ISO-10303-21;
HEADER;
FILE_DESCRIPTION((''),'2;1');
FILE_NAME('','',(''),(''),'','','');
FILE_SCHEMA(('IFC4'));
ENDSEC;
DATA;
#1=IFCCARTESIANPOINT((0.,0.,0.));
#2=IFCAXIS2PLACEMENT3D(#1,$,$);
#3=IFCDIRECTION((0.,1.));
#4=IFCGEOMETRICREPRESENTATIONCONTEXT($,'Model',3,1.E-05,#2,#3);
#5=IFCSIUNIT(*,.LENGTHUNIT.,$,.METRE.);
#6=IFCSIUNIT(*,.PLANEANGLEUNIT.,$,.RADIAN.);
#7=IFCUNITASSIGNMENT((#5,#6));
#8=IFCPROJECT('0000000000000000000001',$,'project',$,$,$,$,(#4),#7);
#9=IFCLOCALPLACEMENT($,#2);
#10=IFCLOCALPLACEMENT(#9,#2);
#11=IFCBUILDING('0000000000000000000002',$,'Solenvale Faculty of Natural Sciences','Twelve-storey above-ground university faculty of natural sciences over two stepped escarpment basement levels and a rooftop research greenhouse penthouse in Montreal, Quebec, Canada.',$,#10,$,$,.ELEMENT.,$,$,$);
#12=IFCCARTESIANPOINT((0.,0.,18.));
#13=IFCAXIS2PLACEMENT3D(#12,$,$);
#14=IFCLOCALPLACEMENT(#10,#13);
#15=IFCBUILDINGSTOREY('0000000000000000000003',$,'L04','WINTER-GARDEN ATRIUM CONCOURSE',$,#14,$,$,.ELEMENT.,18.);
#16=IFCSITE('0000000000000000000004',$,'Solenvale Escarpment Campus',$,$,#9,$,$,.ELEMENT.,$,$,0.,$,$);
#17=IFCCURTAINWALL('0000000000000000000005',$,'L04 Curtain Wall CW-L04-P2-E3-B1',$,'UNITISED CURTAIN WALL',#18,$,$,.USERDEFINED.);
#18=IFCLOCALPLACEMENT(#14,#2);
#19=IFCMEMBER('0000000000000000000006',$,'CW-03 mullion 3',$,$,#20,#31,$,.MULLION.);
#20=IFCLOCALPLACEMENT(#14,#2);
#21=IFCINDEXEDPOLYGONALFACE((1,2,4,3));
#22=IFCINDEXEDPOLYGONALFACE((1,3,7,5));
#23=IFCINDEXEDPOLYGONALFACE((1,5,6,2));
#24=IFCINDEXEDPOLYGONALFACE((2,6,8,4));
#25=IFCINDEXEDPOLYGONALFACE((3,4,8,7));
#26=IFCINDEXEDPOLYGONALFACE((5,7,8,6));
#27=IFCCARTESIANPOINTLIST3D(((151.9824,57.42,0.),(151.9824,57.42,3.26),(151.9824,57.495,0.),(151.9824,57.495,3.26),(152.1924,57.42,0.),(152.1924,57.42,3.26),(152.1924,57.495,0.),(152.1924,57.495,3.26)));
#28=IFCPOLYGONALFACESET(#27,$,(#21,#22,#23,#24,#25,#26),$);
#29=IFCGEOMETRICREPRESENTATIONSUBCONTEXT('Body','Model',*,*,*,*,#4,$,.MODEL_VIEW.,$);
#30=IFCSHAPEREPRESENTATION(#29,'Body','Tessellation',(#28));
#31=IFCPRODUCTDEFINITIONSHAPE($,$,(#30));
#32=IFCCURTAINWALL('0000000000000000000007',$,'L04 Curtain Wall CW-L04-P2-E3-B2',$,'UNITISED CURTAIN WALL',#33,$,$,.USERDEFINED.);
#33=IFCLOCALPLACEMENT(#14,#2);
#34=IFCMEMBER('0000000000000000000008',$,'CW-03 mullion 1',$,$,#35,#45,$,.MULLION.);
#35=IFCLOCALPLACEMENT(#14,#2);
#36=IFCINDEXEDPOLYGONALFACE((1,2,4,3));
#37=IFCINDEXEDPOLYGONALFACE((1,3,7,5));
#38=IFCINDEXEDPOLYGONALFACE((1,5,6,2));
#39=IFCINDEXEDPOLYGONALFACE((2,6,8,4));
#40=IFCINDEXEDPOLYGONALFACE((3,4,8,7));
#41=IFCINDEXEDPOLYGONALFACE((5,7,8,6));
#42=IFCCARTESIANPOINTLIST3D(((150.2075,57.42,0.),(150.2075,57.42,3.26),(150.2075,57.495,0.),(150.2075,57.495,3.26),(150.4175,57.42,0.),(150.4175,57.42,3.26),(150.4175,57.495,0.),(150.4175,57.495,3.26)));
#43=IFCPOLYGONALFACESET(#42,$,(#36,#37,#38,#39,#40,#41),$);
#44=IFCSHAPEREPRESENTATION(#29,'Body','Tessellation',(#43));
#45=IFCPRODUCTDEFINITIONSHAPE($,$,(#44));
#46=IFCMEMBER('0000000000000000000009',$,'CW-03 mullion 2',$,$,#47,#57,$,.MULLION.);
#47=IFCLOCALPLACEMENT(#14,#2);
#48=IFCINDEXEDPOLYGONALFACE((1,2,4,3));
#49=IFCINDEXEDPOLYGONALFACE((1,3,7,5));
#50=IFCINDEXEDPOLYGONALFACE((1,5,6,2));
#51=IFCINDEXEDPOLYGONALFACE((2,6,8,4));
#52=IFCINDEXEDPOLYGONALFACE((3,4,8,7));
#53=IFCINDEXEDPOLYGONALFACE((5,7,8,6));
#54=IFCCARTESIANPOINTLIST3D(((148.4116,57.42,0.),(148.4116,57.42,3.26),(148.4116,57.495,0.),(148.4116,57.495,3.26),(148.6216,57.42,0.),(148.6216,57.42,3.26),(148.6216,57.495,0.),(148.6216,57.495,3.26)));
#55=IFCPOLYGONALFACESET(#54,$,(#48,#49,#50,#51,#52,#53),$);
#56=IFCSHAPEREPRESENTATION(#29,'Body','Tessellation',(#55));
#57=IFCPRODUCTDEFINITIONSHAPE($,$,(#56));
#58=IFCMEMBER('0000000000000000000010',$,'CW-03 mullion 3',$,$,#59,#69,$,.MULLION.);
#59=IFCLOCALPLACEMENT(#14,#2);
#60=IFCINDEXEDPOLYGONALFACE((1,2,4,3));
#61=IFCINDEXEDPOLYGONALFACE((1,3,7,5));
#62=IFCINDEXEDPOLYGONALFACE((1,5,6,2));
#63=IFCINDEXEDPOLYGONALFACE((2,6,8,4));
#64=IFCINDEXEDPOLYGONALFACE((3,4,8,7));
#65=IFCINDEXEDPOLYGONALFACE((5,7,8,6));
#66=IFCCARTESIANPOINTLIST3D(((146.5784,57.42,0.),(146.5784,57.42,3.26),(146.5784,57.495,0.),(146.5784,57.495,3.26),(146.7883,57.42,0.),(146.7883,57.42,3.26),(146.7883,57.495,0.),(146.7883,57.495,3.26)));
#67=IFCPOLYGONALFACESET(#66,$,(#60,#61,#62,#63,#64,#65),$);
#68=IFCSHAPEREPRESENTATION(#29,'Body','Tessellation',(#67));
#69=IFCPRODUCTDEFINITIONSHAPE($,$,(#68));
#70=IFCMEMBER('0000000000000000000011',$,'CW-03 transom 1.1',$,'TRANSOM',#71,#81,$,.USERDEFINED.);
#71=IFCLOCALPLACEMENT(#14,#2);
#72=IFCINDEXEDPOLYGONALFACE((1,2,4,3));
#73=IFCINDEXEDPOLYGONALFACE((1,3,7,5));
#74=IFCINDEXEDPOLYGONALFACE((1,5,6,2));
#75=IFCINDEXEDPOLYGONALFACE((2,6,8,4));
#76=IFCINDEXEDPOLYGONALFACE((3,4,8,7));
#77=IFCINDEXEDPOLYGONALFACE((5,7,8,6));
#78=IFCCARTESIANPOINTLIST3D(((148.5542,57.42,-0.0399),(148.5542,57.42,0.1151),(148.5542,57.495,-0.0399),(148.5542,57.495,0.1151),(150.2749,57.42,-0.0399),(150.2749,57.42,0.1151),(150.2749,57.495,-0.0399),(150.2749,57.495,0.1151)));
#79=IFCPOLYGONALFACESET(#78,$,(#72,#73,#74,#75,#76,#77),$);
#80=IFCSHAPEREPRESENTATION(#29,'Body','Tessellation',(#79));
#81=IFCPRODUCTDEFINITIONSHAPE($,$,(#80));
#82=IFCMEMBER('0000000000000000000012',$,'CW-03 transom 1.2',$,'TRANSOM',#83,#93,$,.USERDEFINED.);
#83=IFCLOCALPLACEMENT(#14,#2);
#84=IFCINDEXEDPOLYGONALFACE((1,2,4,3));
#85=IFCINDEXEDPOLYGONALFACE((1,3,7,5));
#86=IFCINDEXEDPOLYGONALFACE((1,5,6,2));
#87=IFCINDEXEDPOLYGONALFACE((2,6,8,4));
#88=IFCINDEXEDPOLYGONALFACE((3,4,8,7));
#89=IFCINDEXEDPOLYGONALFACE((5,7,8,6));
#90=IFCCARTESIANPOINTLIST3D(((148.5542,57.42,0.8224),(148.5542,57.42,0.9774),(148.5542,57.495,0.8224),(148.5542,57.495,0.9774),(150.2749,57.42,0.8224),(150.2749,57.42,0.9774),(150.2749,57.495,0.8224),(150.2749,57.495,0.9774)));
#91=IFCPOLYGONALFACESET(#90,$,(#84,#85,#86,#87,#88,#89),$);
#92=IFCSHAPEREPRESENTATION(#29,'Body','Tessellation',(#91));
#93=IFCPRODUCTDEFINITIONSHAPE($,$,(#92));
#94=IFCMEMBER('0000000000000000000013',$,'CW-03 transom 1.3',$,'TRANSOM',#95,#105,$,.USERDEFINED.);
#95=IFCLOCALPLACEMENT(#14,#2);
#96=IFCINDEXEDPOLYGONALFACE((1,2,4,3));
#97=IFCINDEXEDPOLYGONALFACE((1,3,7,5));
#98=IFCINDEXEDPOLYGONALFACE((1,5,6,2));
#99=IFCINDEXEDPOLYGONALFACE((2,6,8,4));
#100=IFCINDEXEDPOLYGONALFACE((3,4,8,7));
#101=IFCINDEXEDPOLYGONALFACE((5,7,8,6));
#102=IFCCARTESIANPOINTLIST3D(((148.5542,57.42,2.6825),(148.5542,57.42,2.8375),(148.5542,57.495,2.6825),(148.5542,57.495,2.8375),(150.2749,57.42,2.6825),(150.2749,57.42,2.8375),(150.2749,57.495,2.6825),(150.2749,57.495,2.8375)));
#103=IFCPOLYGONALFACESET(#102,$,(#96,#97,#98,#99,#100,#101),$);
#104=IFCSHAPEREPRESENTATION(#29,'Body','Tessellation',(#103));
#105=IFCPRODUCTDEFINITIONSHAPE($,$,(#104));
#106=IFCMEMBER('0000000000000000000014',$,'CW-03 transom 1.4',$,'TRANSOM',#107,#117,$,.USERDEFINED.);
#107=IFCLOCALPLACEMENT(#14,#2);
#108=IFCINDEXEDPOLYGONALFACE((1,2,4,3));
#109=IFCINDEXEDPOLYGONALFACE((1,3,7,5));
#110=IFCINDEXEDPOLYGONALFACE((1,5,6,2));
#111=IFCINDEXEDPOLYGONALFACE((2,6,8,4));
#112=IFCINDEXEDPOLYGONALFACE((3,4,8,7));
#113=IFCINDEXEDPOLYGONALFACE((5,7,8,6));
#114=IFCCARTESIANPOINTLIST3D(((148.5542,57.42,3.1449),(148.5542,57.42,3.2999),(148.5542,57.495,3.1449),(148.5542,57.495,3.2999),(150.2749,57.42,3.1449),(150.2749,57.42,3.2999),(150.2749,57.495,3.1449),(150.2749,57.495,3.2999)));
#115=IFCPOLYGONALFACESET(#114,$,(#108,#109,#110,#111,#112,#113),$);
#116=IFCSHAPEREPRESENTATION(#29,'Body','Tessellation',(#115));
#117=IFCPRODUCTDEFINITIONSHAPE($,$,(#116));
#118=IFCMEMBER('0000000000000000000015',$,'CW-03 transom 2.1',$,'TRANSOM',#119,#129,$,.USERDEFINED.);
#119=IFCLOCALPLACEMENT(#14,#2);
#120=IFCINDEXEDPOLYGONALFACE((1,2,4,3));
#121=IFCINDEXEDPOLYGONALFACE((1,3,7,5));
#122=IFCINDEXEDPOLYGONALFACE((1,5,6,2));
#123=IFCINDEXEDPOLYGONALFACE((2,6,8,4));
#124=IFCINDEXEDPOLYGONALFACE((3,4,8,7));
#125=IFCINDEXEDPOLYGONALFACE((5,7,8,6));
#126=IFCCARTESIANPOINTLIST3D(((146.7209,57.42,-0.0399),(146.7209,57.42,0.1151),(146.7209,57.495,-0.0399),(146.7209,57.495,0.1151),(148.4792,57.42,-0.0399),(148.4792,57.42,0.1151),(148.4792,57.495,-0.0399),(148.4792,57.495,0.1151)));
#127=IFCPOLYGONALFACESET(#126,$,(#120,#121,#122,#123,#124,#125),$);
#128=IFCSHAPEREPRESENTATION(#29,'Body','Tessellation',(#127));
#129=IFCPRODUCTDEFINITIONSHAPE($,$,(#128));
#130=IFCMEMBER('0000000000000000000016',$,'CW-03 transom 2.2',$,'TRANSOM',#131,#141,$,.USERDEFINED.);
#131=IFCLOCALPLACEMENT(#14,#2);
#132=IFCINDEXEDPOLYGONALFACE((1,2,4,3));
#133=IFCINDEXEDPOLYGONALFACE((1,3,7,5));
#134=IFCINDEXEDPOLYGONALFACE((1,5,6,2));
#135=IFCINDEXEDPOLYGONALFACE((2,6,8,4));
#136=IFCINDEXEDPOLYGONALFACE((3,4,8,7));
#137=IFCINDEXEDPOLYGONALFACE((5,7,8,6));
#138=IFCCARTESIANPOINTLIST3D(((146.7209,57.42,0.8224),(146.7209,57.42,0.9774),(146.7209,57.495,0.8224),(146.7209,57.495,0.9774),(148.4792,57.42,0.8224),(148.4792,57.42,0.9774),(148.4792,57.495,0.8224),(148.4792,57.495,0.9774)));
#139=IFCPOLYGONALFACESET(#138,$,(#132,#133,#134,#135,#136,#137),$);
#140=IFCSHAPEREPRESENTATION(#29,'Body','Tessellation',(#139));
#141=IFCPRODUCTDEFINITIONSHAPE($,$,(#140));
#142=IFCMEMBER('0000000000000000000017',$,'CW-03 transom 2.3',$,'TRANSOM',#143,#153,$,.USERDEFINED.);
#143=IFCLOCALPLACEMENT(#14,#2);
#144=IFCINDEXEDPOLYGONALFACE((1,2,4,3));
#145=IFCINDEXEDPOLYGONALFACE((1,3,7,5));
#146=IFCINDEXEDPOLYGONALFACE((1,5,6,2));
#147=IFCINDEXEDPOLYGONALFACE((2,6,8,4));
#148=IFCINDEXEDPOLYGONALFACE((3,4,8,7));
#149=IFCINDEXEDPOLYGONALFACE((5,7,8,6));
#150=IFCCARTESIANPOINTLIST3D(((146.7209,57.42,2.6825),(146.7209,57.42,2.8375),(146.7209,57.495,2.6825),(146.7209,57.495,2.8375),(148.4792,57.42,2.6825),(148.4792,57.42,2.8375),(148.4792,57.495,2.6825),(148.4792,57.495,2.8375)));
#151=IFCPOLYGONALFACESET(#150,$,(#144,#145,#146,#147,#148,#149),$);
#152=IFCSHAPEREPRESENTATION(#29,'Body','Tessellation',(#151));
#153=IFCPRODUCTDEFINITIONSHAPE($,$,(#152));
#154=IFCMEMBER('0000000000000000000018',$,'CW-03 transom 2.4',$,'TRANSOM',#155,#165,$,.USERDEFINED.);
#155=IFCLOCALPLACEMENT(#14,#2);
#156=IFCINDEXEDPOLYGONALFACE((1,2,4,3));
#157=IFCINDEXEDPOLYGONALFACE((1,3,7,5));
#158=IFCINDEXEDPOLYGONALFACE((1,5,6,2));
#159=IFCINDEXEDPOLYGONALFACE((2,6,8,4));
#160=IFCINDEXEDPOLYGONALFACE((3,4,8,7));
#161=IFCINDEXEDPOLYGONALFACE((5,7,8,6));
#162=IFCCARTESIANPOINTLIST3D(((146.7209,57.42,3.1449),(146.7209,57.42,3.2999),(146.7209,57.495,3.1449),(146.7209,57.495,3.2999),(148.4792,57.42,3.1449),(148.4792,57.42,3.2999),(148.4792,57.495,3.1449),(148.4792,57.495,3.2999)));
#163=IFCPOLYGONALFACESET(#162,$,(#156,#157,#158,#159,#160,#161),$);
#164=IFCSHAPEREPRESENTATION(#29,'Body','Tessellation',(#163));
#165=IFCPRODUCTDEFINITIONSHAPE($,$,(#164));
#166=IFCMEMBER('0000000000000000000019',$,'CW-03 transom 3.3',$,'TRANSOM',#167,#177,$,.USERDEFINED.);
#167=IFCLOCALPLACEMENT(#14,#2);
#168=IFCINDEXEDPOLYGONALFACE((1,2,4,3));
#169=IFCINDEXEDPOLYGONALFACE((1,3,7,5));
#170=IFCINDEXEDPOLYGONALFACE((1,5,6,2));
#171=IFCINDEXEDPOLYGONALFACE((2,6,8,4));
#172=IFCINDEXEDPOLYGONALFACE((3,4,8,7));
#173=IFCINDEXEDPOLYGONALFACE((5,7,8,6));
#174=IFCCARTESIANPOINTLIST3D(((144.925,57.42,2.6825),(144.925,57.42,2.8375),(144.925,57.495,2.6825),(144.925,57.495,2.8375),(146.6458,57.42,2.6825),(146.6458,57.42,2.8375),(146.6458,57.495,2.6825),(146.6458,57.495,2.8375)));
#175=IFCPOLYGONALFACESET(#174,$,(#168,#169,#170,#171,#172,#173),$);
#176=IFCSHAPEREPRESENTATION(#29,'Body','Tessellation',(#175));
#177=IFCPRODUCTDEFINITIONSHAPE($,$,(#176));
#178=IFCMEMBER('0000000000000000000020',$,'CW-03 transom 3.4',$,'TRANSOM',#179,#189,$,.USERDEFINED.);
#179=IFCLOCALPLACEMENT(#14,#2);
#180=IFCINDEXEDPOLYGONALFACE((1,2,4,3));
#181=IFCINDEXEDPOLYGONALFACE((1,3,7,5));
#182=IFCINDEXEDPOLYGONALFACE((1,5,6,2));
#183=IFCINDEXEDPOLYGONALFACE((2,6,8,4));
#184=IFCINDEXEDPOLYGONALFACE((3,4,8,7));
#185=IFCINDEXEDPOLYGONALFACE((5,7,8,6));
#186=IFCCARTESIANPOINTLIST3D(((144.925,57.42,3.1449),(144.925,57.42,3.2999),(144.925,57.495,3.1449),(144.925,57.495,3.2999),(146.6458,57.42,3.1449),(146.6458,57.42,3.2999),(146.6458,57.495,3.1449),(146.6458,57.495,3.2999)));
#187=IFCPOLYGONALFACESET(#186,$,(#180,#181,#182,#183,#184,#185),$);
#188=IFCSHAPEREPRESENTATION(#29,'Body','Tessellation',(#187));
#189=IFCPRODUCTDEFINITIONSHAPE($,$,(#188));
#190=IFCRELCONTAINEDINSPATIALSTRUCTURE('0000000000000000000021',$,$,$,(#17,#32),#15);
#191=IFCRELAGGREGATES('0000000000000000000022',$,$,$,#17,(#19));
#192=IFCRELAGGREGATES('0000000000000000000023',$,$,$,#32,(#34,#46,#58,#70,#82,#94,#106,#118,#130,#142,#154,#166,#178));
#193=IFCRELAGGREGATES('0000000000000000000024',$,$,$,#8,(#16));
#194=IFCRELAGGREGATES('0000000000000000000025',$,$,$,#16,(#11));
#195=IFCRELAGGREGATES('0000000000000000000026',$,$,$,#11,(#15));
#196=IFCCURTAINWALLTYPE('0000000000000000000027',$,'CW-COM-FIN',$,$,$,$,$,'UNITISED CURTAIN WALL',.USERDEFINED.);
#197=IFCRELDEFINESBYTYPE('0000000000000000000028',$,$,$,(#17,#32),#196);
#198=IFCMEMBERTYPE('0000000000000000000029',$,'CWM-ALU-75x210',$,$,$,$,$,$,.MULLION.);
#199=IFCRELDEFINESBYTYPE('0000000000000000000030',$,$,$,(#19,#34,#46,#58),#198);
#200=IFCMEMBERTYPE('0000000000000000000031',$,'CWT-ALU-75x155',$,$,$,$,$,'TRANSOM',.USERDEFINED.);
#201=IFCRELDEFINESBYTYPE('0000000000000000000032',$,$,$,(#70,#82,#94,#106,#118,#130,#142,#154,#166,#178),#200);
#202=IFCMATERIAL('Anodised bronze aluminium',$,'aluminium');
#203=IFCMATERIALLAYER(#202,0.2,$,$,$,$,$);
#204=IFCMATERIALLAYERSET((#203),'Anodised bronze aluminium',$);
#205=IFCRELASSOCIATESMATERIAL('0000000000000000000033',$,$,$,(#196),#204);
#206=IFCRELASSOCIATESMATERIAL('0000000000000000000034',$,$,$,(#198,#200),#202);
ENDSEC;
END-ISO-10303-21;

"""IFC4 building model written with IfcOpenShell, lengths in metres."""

from ifc_helpers import new_model, si_unit, direction, frame, origin, origin_2d, place, context, subcontext, project, spatial, rectangle, extrude, material, layer, layer_set, material_profile, profile_set, type_object, element, aggregate, save


model = new_model("IFC4")

# Units and contexts
model_context = context("Model", 3, precision=1e-05, world=origin(), true_north=direction((0.0, 1.0)))
body_context = subcontext(model_context, "Body", "Model", "MODEL_VIEW")
ifc_project = project(units=[si_unit("LENGTHUNIT", "METRE"), si_unit("PLANEANGLEUNIT", "RADIAN")], contexts=[model_context])

# Site, building, storey
site_placement = place(None, origin())
site = spatial("IfcSite", under=ifc_project, at=site_placement, Name="Solenvale Escarpment Campus", CompositionType="ELEMENT", RefElevation=0.0)
building_placement = place(site_placement, origin())
building = spatial("IfcBuilding", under=site, at=building_placement, Name="Solenvale Faculty of Natural Sciences", Description="Twelve-storey above-ground university faculty of natural sciences over two stepped escarpment basement levels and a rooftop research greenhouse penthouse in Montreal, Quebec, Canada.", CompositionType="ELEMENT")
storey_placement = place(building_placement, frame((0.0, 0.0, 18.0)))
storey = spatial("IfcBuildingStorey", under=building, at=storey_placement, Name="L04", Description="WINTER-GARDEN ATRIUM CONCOURSE", CompositionType="ELEMENT", Elevation=18.0)

# Curtain wall, member
ifc_material_1 = material(Name="Anodised bronze aluminium", Category="aluminium")
ifc_layer_1 = layer(ifc_material_1, 0.2)
ifc_layer_set_1 = layer_set([ifc_layer_1], Name="Anodised bronze aluminium")
curtain_wall_type = type_object("IfcCurtainWallType", Name="CW-COM-FIN", ElementType="UNITISED CURTAIN WALL", PredefinedType="USERDEFINED", material=ifc_layer_set_1)
curtain_wall_1_placement = place(storey_placement, origin())
curtain_wall_1 = element("IfcCurtainWall", 1, at=curtain_wall_1_placement, inside=storey, type_object=curtain_wall_type, Name="L04 Curtain Wall CW-L04-P2-E3-B1", ObjectType="UNITISED CURTAIN WALL", PredefinedType="USERDEFINED")
ifc_material_profile_1 = material_profile(ifc_material_1, rectangle(XDim=0.075, YDim=0.21, at=origin_2d()), Name="ALU-MUL-75x210")
ifc_profile_set_1 = profile_set([ifc_material_profile_1], Name="Anodised bronze aluminium")
member_type_1 = type_object("IfcMemberType", Name="CWM-ALU-75x210", PredefinedType="MULLION", material=ifc_profile_set_1)
member_1_placement = place(storey_placement, frame((152.0874, 57.4575, 0.0), z_axis=(0.0, 0.0, 1.0), x_axis=(0.0, -1.0, 0.0)))
member_1 = element("IfcMember", 2, at=member_1_placement, type_object=member_type_1, Name="CW-03 mullion 3", PredefinedType="MULLION", context=body_context, shape_type="SweptSolid", body=[
    extrude(rectangle(XDim=0.075, YDim=0.21, at=origin_2d()), origin(), (0.0, 0.0, 1.0), 3.26),
])

# Curtain wall, members
curtain_wall_2_placement = place(storey_placement, origin())
curtain_wall_2 = element("IfcCurtainWall", 3, at=curtain_wall_2_placement, inside=storey, type_object=curtain_wall_type, Name="L04 Curtain Wall CW-L04-P2-E3-B2", ObjectType="UNITISED CURTAIN WALL", PredefinedType="USERDEFINED")
member_2_placement = place(storey_placement, frame((150.3125, 57.4575, 0.0), z_axis=(0.0, 0.0, 1.0), x_axis=(0.0, -1.0, 0.0)))
member_2 = element("IfcMember", 4, at=member_2_placement, type_object=member_type_1, Name="CW-03 mullion 1", PredefinedType="MULLION", context=body_context, shape_type="SweptSolid", body=[
    extrude(rectangle(XDim=0.075, YDim=0.21, at=origin_2d()), origin(), (0.0, 0.0, 1.0), 3.26),
])
member_3_placement = place(storey_placement, frame((148.5166, 57.4575, 0.0), z_axis=(0.0, 0.0, 1.0), x_axis=(0.0, -1.0, 0.0)))
member_3 = element("IfcMember", 5, at=member_3_placement, type_object=member_type_1, Name="CW-03 mullion 2", PredefinedType="MULLION", context=body_context, shape_type="SweptSolid", body=[
    extrude(rectangle(XDim=0.075, YDim=0.21, at=origin_2d()), origin(), (0.0, 0.0, 1.0), 3.26),
])
member_4_placement = place(storey_placement, frame((146.6833, 57.4575, 0.0), z_axis=(0.0, 0.0, 1.0), x_axis=(0.0, -1.0, 0.0)))
member_4 = element("IfcMember", 6, at=member_4_placement, type_object=member_type_1, Name="CW-03 mullion 3", PredefinedType="MULLION", context=body_context, shape_type="SweptSolid", body=[
    extrude(rectangle(XDim=0.075, YDim=0.21, at=origin_2d()), origin(), (0.0, 0.0, 1.0), 3.26),
])
ifc_material_profile_2 = material_profile(ifc_material_1, rectangle(XDim=0.075, YDim=0.155, at=origin_2d()), Name="ALU-TRN-75x155")
ifc_profile_set_2 = profile_set([ifc_material_profile_2], Name="Anodised bronze aluminium")
member_type_2 = type_object("IfcMemberType", Name="CWT-ALU-75x155", ElementType="TRANSOM", PredefinedType="USERDEFINED", material=ifc_profile_set_2)
member_5_placement = place(storey_placement, frame((150.2749, 57.4575, 0.0376), z_axis=(-1.0, 0.0, 0.0), x_axis=(0.0, -1.0, 0.0)))
member_5 = element("IfcMember", 7, at=member_5_placement, type_object=member_type_2, Name="CW-03 transom 1.1", ObjectType="TRANSOM", PredefinedType="USERDEFINED", context=body_context, shape_type="SweptSolid", body=[
    extrude(rectangle(XDim=0.075, YDim=0.155, at=origin_2d()), origin(), (0.0, 0.0, 1.0), 1.7207),
])
member_6_placement = place(storey_placement, frame((150.2749, 57.4575, 0.8999), z_axis=(-1.0, 0.0, 0.0), x_axis=(0.0, -1.0, 0.0)))
member_6 = element("IfcMember", 8, at=member_6_placement, type_object=member_type_2, Name="CW-03 transom 1.2", ObjectType="TRANSOM", PredefinedType="USERDEFINED", context=body_context, shape_type="SweptSolid", body=[
    extrude(rectangle(XDim=0.075, YDim=0.155, at=origin_2d()), origin(), (0.0, 0.0, 1.0), 1.7207),
])
member_7_placement = place(storey_placement, frame((150.2749, 57.4575, 2.76), z_axis=(-1.0, 0.0, 0.0), x_axis=(0.0, -1.0, 0.0)))
member_7 = element("IfcMember", 9, at=member_7_placement, type_object=member_type_2, Name="CW-03 transom 1.3", ObjectType="TRANSOM", PredefinedType="USERDEFINED", context=body_context, shape_type="SweptSolid", body=[
    extrude(rectangle(XDim=0.075, YDim=0.155, at=origin_2d()), origin(), (0.0, 0.0, 1.0), 1.7207),
])
member_8_placement = place(storey_placement, frame((150.2749, 57.4575, 3.2224), z_axis=(-1.0, 0.0, 0.0), x_axis=(0.0, -1.0, 0.0)))
member_8 = element("IfcMember", 10, at=member_8_placement, type_object=member_type_2, Name="CW-03 transom 1.4", ObjectType="TRANSOM", PredefinedType="USERDEFINED", context=body_context, shape_type="SweptSolid", body=[
    extrude(rectangle(XDim=0.075, YDim=0.155, at=origin_2d()), origin(), (0.0, 0.0, 1.0), 1.7207),
])
member_9_placement = place(storey_placement, frame((148.4792, 57.4575, 0.0376), z_axis=(-1.0, 0.0, 0.0), x_axis=(0.0, -1.0, 0.0)))
member_9 = element("IfcMember", 11, at=member_9_placement, type_object=member_type_2, Name="CW-03 transom 2.1", ObjectType="TRANSOM", PredefinedType="USERDEFINED", context=body_context, shape_type="SweptSolid", body=[
    extrude(rectangle(XDim=0.075, YDim=0.155, at=origin_2d()), origin(), (0.0, 0.0, 1.0), 1.7583),
])
member_10_placement = place(storey_placement, frame((148.4792, 57.4575, 0.8999), z_axis=(-1.0, 0.0, 0.0), x_axis=(0.0, -1.0, 0.0)))
member_10 = element("IfcMember", 12, at=member_10_placement, type_object=member_type_2, Name="CW-03 transom 2.2", ObjectType="TRANSOM", PredefinedType="USERDEFINED", context=body_context, shape_type="SweptSolid", body=[
    extrude(rectangle(XDim=0.075, YDim=0.155, at=origin_2d()), origin(), (0.0, 0.0, 1.0), 1.7583),
])
member_11_placement = place(storey_placement, frame((148.4792, 57.4575, 2.76), z_axis=(-1.0, 0.0, 0.0), x_axis=(0.0, -1.0, 0.0)))
member_11 = element("IfcMember", 13, at=member_11_placement, type_object=member_type_2, Name="CW-03 transom 2.3", ObjectType="TRANSOM", PredefinedType="USERDEFINED", context=body_context, shape_type="SweptSolid", body=[
    extrude(rectangle(XDim=0.075, YDim=0.155, at=origin_2d()), origin(), (0.0, 0.0, 1.0), 1.7583),
])
member_12_placement = place(storey_placement, frame((148.4792, 57.4575, 3.2224), z_axis=(-1.0, 0.0, 0.0), x_axis=(0.0, -1.0, 0.0)))
member_12 = element("IfcMember", 14, at=member_12_placement, type_object=member_type_2, Name="CW-03 transom 2.4", ObjectType="TRANSOM", PredefinedType="USERDEFINED", context=body_context, shape_type="SweptSolid", body=[
    extrude(rectangle(XDim=0.075, YDim=0.155, at=origin_2d()), origin(), (0.0, 0.0, 1.0), 1.7583),
])
member_13_placement = place(storey_placement, frame((146.6458, 57.4575, 2.76), z_axis=(-1.0, 0.0, 0.0), x_axis=(0.0, -1.0, 0.0)))
member_13 = element("IfcMember", 15, at=member_13_placement, type_object=member_type_2, Name="CW-03 transom 3.3", ObjectType="TRANSOM", PredefinedType="USERDEFINED", context=body_context, shape_type="SweptSolid", body=[
    extrude(rectangle(XDim=0.075, YDim=0.155, at=origin_2d()), origin(), (0.0, 0.0, 1.0), 1.7207),
])
member_14_placement = place(storey_placement, frame((146.6458, 57.4575, 3.2224), z_axis=(-1.0, 0.0, 0.0), x_axis=(0.0, -1.0, 0.0)))
member_14 = element("IfcMember", 16, at=member_14_placement, type_object=member_type_2, Name="CW-03 transom 3.4", ObjectType="TRANSOM", PredefinedType="USERDEFINED", context=body_context, shape_type="SweptSolid", body=[
    extrude(rectangle(XDim=0.075, YDim=0.155, at=origin_2d()), origin(), (0.0, 0.0, 1.0), 1.7207),
])

aggregate(curtain_wall_1, [member_1])
aggregate(curtain_wall_2, [member_2, member_3, member_4, member_5, member_6, member_7, member_8, member_9, member_10, member_11, member_12, member_13, member_14])

save(model, "model.ifc")
